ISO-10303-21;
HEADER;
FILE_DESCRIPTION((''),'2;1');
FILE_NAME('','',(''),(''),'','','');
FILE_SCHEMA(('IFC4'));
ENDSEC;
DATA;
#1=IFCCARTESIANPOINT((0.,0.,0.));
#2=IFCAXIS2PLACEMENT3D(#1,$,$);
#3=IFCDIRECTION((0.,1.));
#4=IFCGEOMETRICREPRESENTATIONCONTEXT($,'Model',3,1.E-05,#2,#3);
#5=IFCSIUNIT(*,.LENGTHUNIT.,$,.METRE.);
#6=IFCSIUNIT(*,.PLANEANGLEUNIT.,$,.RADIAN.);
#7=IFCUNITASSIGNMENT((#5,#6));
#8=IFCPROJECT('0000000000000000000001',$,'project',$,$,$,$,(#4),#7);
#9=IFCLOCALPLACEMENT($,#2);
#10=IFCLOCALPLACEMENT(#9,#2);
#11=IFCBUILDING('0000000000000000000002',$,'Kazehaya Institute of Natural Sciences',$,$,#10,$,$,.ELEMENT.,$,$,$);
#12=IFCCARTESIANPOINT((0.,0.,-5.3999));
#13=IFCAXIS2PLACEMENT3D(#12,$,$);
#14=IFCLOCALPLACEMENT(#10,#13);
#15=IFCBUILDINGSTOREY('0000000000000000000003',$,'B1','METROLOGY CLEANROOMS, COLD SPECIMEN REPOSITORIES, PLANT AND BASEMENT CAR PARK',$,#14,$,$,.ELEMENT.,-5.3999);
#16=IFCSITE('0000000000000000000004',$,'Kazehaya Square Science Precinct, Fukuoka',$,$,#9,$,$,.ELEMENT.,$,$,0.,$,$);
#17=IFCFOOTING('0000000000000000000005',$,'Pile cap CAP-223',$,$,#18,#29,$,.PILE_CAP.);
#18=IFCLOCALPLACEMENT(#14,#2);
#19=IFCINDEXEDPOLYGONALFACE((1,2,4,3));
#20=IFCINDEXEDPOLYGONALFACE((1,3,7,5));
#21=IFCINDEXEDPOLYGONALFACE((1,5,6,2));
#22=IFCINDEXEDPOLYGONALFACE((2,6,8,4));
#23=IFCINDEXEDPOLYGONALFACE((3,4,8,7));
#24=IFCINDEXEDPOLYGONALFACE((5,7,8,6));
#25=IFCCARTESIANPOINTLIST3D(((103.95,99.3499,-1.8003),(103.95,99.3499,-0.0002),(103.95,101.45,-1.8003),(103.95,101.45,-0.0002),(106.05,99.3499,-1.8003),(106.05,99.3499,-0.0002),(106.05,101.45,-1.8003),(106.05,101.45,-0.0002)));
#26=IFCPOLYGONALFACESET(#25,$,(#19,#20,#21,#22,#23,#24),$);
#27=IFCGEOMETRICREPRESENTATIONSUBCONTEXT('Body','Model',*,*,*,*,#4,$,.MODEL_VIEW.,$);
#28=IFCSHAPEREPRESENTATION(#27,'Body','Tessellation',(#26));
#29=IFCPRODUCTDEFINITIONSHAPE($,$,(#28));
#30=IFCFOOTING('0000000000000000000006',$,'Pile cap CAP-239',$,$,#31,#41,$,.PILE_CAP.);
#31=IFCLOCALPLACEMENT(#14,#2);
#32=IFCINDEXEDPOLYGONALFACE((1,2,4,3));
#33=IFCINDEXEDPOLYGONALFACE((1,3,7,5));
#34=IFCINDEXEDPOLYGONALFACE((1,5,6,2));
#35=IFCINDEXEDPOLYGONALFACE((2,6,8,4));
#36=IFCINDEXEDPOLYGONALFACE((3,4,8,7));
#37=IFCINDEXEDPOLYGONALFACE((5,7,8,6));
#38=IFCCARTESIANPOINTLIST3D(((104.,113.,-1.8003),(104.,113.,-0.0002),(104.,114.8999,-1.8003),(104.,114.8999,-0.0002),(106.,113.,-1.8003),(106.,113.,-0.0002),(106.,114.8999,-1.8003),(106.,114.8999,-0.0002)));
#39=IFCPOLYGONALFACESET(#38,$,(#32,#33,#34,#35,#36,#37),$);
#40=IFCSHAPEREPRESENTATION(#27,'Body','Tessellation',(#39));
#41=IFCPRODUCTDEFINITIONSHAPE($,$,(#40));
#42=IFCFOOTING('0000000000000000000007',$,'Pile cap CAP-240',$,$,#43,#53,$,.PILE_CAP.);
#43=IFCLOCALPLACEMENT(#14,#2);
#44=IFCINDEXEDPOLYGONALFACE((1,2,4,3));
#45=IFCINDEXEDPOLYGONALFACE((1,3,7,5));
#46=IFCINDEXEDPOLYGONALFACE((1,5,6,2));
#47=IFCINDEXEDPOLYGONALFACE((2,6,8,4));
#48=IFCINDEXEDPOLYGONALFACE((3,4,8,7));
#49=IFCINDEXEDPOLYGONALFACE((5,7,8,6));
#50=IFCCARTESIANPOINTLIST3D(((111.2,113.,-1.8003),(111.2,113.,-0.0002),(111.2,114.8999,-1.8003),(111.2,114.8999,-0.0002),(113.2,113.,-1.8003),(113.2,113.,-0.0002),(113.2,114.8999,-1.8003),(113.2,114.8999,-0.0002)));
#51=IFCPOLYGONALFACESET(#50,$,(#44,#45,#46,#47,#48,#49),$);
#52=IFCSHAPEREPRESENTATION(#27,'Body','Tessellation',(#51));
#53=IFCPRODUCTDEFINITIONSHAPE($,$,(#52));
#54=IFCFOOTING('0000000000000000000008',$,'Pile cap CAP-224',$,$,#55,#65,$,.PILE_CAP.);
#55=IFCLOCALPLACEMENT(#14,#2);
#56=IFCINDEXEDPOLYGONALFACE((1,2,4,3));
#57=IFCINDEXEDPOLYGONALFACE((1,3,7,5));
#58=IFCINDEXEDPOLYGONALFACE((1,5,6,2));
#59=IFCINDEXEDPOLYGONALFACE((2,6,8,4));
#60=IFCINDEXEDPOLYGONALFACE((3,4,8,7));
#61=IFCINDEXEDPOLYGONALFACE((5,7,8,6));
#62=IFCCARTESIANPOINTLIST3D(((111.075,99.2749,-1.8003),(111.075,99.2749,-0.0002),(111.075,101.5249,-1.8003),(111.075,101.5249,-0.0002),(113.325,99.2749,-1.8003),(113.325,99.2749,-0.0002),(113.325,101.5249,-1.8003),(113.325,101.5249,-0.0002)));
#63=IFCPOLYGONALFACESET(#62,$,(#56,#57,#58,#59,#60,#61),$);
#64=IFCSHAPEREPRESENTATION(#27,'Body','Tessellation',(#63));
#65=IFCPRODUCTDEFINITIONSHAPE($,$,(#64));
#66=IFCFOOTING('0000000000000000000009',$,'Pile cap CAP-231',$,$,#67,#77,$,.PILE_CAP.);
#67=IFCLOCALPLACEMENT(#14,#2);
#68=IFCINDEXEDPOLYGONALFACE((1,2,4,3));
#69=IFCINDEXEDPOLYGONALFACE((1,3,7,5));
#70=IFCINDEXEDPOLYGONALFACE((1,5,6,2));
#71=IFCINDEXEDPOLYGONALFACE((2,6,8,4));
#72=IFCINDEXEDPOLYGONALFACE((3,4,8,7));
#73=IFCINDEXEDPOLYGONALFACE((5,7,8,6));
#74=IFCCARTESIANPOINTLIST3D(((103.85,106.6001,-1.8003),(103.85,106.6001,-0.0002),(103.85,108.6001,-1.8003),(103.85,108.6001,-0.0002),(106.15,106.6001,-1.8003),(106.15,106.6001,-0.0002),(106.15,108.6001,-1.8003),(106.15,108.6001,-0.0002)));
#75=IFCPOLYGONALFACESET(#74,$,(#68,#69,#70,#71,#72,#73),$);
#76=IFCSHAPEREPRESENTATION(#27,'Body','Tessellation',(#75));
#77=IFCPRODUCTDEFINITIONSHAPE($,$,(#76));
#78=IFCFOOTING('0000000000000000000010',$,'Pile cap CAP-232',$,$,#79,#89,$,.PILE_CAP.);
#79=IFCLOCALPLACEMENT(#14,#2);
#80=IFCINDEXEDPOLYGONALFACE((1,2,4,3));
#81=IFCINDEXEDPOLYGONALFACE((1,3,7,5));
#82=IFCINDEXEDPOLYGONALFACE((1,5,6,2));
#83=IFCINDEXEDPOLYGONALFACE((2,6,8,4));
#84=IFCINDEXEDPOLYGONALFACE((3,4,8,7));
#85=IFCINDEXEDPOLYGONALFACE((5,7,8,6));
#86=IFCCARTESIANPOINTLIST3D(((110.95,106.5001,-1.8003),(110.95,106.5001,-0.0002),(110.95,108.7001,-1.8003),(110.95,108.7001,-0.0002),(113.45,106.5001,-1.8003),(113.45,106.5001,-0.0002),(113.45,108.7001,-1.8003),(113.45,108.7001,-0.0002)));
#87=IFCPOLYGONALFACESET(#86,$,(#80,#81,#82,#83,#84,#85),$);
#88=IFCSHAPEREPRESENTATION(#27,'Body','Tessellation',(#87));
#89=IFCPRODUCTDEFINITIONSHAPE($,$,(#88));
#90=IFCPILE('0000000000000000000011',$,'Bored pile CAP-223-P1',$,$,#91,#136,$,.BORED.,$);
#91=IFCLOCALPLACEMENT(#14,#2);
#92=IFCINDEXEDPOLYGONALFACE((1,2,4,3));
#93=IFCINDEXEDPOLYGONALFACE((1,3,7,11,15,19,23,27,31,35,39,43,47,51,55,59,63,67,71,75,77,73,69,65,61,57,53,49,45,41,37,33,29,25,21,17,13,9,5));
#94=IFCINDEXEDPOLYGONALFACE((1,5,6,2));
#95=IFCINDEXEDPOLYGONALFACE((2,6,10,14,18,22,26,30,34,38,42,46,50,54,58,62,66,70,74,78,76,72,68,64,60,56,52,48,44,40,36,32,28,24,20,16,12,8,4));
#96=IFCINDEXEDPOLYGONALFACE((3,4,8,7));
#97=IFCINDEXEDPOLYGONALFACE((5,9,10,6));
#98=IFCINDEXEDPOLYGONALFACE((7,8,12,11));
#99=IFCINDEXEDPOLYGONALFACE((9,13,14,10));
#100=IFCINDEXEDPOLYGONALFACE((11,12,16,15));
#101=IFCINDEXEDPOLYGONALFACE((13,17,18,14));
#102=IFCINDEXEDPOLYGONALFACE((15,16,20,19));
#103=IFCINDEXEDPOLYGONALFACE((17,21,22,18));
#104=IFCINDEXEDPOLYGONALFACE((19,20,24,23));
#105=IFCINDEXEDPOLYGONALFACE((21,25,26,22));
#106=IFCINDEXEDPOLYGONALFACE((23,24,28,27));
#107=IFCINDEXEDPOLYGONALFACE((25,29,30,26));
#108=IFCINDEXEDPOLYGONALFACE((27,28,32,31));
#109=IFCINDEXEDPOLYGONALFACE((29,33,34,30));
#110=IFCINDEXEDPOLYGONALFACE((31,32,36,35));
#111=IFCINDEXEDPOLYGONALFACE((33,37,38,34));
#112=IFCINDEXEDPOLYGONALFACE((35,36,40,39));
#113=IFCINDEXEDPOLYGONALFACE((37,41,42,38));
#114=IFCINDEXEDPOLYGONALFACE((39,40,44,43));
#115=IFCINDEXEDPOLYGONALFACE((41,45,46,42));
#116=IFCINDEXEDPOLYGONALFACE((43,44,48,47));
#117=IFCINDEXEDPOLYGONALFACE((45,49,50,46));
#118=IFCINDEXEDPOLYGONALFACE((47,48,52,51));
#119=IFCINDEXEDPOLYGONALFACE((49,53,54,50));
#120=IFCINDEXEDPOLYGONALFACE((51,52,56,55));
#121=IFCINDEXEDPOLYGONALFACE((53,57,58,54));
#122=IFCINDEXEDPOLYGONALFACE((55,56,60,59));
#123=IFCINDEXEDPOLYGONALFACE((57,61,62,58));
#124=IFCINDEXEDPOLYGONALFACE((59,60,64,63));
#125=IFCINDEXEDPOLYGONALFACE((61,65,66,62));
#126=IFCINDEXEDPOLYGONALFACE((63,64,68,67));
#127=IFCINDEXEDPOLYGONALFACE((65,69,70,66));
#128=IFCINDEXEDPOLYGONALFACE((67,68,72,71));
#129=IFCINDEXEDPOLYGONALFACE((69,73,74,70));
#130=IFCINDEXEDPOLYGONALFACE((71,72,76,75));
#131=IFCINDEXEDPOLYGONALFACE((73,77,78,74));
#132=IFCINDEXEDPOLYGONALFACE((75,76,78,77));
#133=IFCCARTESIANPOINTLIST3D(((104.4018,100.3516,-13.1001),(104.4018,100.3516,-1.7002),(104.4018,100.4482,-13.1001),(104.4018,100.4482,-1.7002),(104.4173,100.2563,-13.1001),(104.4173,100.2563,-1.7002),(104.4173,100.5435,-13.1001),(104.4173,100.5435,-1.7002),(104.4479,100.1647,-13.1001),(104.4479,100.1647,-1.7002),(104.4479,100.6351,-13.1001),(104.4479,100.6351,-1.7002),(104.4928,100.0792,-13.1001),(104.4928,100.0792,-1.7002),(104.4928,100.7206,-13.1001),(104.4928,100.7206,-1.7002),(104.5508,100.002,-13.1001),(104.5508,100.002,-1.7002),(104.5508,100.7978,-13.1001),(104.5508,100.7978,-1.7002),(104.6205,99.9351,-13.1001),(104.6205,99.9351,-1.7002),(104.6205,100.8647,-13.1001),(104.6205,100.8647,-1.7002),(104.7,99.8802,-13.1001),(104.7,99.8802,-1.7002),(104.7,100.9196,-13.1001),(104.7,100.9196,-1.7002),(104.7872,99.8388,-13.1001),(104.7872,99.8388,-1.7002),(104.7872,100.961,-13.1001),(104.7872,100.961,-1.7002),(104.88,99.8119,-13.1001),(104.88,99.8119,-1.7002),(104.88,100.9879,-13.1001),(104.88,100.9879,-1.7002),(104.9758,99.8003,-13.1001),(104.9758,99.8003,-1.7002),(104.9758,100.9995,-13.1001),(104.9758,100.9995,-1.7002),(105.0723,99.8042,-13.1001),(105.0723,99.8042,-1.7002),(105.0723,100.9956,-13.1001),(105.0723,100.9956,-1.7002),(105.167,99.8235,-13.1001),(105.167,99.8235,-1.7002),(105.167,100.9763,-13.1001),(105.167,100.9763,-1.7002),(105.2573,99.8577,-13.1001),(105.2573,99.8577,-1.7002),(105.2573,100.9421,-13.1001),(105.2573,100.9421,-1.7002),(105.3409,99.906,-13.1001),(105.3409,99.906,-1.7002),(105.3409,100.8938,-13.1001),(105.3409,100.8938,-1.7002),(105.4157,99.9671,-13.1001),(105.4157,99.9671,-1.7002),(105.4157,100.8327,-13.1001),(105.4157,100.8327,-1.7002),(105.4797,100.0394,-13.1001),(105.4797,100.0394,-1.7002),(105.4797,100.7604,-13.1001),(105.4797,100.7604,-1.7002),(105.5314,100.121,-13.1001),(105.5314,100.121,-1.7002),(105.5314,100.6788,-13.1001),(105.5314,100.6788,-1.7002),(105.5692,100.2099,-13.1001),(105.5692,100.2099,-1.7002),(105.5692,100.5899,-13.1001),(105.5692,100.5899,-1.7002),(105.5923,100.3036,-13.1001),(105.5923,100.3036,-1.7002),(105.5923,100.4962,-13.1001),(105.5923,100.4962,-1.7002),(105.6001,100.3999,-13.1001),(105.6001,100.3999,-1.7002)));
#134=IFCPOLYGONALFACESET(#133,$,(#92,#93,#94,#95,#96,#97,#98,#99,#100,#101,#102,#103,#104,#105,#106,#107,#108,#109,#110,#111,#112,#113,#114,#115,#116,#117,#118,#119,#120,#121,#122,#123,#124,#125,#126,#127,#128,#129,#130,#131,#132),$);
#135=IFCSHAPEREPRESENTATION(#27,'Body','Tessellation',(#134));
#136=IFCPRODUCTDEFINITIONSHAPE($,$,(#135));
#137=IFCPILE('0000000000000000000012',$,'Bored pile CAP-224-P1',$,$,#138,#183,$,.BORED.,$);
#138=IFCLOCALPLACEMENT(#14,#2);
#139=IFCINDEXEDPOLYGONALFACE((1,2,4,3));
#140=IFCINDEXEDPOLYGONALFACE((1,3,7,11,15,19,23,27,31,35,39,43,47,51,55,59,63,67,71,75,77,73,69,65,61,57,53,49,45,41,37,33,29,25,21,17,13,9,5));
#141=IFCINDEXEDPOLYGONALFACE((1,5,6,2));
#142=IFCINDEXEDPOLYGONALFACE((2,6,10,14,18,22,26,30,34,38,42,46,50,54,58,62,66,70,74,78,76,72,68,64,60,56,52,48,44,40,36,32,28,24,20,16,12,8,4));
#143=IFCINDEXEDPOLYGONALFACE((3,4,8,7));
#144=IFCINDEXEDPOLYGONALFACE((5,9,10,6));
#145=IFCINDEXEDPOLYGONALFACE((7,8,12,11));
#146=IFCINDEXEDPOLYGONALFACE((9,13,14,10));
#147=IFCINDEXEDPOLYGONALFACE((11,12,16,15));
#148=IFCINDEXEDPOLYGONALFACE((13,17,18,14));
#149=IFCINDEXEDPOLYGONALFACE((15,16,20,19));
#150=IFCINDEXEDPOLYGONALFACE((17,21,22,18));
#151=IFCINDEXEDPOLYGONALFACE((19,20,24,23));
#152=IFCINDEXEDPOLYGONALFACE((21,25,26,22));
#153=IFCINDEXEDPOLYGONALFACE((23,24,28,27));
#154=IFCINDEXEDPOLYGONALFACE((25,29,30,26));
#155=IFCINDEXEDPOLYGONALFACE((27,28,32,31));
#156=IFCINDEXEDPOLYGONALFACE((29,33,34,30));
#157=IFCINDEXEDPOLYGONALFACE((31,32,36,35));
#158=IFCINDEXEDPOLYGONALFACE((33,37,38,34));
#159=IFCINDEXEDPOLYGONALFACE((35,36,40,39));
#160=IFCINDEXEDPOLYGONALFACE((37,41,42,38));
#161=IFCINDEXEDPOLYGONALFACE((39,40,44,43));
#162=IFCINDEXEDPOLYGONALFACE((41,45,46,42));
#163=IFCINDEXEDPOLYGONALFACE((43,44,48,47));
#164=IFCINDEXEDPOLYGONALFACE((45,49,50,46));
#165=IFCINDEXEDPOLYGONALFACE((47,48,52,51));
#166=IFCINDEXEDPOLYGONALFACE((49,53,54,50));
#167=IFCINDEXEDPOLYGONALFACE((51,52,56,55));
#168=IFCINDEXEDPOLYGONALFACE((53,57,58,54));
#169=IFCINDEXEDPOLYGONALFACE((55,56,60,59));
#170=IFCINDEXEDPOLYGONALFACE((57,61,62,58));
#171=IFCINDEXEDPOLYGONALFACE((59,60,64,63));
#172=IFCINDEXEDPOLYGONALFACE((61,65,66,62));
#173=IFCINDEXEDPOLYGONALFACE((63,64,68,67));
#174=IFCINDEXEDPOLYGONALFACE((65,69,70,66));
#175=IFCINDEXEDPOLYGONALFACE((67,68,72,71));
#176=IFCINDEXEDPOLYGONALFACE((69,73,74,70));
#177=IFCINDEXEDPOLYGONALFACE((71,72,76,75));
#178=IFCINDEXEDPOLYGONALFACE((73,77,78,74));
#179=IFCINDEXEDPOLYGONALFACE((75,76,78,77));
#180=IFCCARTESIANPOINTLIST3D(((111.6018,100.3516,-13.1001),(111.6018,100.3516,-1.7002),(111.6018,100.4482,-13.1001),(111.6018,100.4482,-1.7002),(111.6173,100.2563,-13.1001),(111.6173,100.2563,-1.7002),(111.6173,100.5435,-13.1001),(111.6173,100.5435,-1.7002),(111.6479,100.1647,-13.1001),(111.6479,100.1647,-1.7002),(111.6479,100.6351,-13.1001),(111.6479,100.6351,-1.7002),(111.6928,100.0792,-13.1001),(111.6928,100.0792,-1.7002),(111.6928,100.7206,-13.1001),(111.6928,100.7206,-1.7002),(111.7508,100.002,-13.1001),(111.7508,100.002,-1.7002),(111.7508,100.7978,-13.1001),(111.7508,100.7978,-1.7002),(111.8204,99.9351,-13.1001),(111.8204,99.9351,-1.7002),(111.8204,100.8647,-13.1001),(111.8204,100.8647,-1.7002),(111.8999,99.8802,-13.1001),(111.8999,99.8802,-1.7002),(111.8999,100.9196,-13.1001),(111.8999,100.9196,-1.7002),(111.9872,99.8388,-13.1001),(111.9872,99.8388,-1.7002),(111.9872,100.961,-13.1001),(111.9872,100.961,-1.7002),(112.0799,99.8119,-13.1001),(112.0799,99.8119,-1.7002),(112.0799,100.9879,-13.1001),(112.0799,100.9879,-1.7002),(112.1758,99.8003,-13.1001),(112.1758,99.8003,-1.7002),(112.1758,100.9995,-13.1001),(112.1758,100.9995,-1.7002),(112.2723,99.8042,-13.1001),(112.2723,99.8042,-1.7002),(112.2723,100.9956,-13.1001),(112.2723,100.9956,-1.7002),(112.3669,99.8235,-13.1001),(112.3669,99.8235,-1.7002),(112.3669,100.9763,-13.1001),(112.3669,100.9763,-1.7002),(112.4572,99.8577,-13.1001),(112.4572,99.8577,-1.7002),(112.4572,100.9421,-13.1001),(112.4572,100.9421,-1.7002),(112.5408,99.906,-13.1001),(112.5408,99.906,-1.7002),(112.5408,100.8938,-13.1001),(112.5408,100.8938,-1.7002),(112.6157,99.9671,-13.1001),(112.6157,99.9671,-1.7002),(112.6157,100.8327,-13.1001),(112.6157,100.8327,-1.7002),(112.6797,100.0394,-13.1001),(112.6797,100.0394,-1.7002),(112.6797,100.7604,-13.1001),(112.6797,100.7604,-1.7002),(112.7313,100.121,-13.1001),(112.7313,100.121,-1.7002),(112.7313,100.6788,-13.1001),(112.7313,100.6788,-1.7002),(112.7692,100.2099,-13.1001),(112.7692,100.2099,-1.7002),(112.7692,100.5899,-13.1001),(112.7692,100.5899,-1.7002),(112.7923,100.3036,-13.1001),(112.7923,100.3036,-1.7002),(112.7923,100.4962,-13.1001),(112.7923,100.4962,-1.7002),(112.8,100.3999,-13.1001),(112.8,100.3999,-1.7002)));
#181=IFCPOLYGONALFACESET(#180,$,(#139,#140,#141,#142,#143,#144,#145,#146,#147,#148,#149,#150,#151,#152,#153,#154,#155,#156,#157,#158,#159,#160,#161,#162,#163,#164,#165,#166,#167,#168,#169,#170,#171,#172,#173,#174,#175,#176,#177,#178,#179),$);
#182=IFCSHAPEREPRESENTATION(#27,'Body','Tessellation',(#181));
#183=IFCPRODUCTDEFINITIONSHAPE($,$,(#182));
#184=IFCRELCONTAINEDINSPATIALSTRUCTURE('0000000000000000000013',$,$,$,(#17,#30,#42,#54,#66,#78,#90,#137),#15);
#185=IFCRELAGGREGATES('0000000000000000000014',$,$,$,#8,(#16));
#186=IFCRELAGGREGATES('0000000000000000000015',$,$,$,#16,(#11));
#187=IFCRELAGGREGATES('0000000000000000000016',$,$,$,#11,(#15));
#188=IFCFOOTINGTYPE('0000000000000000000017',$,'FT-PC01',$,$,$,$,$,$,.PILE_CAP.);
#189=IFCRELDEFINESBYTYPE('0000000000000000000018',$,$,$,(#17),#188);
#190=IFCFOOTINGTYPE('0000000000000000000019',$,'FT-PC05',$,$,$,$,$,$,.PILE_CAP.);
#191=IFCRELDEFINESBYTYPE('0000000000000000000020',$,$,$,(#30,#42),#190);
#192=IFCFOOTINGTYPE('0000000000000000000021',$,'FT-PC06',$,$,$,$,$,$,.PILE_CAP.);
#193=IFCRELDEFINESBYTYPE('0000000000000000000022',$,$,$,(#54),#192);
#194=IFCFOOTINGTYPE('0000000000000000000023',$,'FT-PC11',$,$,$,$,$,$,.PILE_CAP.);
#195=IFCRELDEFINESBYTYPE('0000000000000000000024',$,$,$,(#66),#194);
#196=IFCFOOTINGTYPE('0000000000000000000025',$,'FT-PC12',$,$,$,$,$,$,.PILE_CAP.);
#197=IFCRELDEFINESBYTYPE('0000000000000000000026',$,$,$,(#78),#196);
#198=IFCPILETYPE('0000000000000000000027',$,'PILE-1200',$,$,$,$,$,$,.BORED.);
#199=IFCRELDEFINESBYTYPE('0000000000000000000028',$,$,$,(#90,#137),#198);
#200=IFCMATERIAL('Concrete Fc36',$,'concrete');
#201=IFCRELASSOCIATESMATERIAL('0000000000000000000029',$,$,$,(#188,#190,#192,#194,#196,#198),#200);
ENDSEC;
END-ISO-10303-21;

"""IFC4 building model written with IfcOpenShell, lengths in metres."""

from ifc_helpers import new_model, si_unit, direction, frame, origin, origin_2d, place, context, subcontext, project, spatial, rectangle, circle, extrude, material, material_profile, profile_set, type_object, element, save


model = new_model("IFC4")

# Units and contexts
model_context = context("Model", 3, precision=1e-05, world=origin(), true_north=direction((0.0, 1.0)))
body_context = subcontext(model_context, "Body", "Model", "MODEL_VIEW")
ifc_project = project(units=[si_unit("LENGTHUNIT", "METRE"), si_unit("PLANEANGLEUNIT", "RADIAN")], contexts=[model_context])

# Site, building, storey
site_placement = place(None, origin())
site = spatial("IfcSite", under=ifc_project, at=site_placement, Name="Kazehaya Square Science Precinct, Fukuoka", CompositionType="ELEMENT", RefElevation=0.0)
building_placement = place(site_placement, origin())
building = spatial("IfcBuilding", under=site, at=building_placement, Name="Kazehaya Institute of Natural Sciences", CompositionType="ELEMENT")
storey_placement = place(building_placement, frame((0.0, 0.0, -5.3999)))
storey = spatial("IfcBuildingStorey", under=building, at=storey_placement, Name="B1", Description="METROLOGY CLEANROOMS, COLD SPECIMEN REPOSITORIES, PLANT AND BASEMENT CAR PARK", CompositionType="ELEMENT", Elevation=-5.3999)

# Footings
ifc_material_1 = material(Name="Concrete Fc36", Category="concrete")
footing_type_1 = type_object("IfcFootingType", Name="FT-PC01", PredefinedType="PILE_CAP", material=ifc_material_1)
footing_1_placement = place(storey_placement, frame((105.0, 100.3999, -1.8003), z_axis=(0.0, 0.0, 1.0), x_axis=(1.0, 0.0, 0.0)))
element("IfcFooting", 1, at=footing_1_placement, inside=storey, type_object=footing_type_1, Name="Pile cap CAP-223", PredefinedType="PILE_CAP", context=body_context, shape_type="SweptSolid", body=[
    extrude(rectangle(XDim=2.1001, YDim=2.1001, at=origin_2d()), origin(), (0.0, 0.0, 1.0), 1.8),
])
footing_type_2 = type_object("IfcFootingType", Name="FT-PC05", PredefinedType="PILE_CAP", material=ifc_material_1)
for number, where, z_axis, x_axis, name in (
    (2, (105.0, 113.95, -1.8003), (0.0, 0.0, 1.0), (1.0, 0.0, 0.0), "Pile cap CAP-239"),
    (3, (112.2, 113.95, -1.8003), (0.0, 0.0, 1.0), (1.0, 0.0, 0.0), "Pile cap CAP-240"),
):
    element("IfcFooting", number, at=place(storey_placement, frame(where, z_axis=z_axis, x_axis=x_axis)), inside=storey, type_object=footing_type_2, Name=name, PredefinedType="PILE_CAP", context=body_context, shape_type="SweptSolid", body=[
        extrude(rectangle(XDim=2.0, YDim=1.8999, at=origin_2d()), origin(), (0.0, 0.0, 1.0), 1.8),
    ])
footing_type_3 = type_object("IfcFootingType", Name="FT-PC06", PredefinedType="PILE_CAP", material=ifc_material_1)
footing_2_placement = place(storey_placement, frame((112.2, 100.3999, -1.8003), z_axis=(0.0, 0.0, 1.0), x_axis=(1.0, 0.0, 0.0)))
element("IfcFooting", 4, at=footing_2_placement, inside=storey, type_object=footing_type_3, Name="Pile cap CAP-224", PredefinedType="PILE_CAP", context=body_context, shape_type="SweptSolid", body=[
    extrude(rectangle(XDim=2.25, YDim=2.25, at=origin_2d()), origin(), (0.0, 0.0, 1.0), 1.8),
])
footing_type_4 = type_object("IfcFootingType", Name="FT-PC11", PredefinedType="PILE_CAP", material=ifc_material_1)
footing_3_placement = place(storey_placement, frame((105.0, 107.6001, -1.8003), z_axis=(0.0, 0.0, 1.0), x_axis=(1.0, 0.0, 0.0)))
element("IfcFooting", 5, at=footing_3_placement, inside=storey, type_object=footing_type_4, Name="Pile cap CAP-231", PredefinedType="PILE_CAP", context=body_context, shape_type="SweptSolid", body=[
    extrude(rectangle(XDim=2.3, YDim=2.0, at=origin_2d()), origin(), (0.0, 0.0, 1.0), 1.8),
])
footing_type_5 = type_object("IfcFootingType", Name="FT-PC12", PredefinedType="PILE_CAP", material=ifc_material_1)
footing_4_placement = place(storey_placement, frame((112.2, 107.6001, -1.8003), z_axis=(0.0, 0.0, 1.0), x_axis=(1.0, 0.0, 0.0)))
element("IfcFooting", 6, at=footing_4_placement, inside=storey, type_object=footing_type_5, Name="Pile cap CAP-232", PredefinedType="PILE_CAP", context=body_context, shape_type="SweptSolid", body=[
    extrude(rectangle(XDim=2.5, YDim=2.2, at=origin_2d()), origin(), (0.0, 0.0, 1.0), 1.8),
])

# Piles
ifc_material_profile_1 = material_profile(ifc_material_1, circle(Radius=0.6001, at=origin_2d()), Name="PILE-1200")
ifc_profile_set_1 = profile_set([ifc_material_profile_1], Name="Concrete Fc36")
pile_type_1 = type_object("IfcPileType", Name="PILE-1200", PredefinedType="BORED", material=ifc_profile_set_1)
for number, where, z_axis, x_axis, name in (
    (7, (105.0, 100.3999, -1.7002), (0.0, 0.0, -1.0), (1.0, 0.0, 0.0), "Bored pile CAP-223-P1"),
    (8, (112.2, 100.3999, -1.7002), (0.0, 0.0, -1.0), (1.0, 0.0, 0.0), "Bored pile CAP-224-P1"),
):
    element("IfcPile", number, at=place(storey_placement, frame(where, z_axis=z_axis, x_axis=x_axis)), inside=storey, type_object=pile_type_1, Name=name, PredefinedType="BORED", context=body_context, shape_type="SweptSolid", body=[
        extrude(circle(Radius=0.6001, at=origin_2d()), origin(), (0.0, 0.0, 1.0), 11.3999),
    ])

save(model, "model.ifc")
